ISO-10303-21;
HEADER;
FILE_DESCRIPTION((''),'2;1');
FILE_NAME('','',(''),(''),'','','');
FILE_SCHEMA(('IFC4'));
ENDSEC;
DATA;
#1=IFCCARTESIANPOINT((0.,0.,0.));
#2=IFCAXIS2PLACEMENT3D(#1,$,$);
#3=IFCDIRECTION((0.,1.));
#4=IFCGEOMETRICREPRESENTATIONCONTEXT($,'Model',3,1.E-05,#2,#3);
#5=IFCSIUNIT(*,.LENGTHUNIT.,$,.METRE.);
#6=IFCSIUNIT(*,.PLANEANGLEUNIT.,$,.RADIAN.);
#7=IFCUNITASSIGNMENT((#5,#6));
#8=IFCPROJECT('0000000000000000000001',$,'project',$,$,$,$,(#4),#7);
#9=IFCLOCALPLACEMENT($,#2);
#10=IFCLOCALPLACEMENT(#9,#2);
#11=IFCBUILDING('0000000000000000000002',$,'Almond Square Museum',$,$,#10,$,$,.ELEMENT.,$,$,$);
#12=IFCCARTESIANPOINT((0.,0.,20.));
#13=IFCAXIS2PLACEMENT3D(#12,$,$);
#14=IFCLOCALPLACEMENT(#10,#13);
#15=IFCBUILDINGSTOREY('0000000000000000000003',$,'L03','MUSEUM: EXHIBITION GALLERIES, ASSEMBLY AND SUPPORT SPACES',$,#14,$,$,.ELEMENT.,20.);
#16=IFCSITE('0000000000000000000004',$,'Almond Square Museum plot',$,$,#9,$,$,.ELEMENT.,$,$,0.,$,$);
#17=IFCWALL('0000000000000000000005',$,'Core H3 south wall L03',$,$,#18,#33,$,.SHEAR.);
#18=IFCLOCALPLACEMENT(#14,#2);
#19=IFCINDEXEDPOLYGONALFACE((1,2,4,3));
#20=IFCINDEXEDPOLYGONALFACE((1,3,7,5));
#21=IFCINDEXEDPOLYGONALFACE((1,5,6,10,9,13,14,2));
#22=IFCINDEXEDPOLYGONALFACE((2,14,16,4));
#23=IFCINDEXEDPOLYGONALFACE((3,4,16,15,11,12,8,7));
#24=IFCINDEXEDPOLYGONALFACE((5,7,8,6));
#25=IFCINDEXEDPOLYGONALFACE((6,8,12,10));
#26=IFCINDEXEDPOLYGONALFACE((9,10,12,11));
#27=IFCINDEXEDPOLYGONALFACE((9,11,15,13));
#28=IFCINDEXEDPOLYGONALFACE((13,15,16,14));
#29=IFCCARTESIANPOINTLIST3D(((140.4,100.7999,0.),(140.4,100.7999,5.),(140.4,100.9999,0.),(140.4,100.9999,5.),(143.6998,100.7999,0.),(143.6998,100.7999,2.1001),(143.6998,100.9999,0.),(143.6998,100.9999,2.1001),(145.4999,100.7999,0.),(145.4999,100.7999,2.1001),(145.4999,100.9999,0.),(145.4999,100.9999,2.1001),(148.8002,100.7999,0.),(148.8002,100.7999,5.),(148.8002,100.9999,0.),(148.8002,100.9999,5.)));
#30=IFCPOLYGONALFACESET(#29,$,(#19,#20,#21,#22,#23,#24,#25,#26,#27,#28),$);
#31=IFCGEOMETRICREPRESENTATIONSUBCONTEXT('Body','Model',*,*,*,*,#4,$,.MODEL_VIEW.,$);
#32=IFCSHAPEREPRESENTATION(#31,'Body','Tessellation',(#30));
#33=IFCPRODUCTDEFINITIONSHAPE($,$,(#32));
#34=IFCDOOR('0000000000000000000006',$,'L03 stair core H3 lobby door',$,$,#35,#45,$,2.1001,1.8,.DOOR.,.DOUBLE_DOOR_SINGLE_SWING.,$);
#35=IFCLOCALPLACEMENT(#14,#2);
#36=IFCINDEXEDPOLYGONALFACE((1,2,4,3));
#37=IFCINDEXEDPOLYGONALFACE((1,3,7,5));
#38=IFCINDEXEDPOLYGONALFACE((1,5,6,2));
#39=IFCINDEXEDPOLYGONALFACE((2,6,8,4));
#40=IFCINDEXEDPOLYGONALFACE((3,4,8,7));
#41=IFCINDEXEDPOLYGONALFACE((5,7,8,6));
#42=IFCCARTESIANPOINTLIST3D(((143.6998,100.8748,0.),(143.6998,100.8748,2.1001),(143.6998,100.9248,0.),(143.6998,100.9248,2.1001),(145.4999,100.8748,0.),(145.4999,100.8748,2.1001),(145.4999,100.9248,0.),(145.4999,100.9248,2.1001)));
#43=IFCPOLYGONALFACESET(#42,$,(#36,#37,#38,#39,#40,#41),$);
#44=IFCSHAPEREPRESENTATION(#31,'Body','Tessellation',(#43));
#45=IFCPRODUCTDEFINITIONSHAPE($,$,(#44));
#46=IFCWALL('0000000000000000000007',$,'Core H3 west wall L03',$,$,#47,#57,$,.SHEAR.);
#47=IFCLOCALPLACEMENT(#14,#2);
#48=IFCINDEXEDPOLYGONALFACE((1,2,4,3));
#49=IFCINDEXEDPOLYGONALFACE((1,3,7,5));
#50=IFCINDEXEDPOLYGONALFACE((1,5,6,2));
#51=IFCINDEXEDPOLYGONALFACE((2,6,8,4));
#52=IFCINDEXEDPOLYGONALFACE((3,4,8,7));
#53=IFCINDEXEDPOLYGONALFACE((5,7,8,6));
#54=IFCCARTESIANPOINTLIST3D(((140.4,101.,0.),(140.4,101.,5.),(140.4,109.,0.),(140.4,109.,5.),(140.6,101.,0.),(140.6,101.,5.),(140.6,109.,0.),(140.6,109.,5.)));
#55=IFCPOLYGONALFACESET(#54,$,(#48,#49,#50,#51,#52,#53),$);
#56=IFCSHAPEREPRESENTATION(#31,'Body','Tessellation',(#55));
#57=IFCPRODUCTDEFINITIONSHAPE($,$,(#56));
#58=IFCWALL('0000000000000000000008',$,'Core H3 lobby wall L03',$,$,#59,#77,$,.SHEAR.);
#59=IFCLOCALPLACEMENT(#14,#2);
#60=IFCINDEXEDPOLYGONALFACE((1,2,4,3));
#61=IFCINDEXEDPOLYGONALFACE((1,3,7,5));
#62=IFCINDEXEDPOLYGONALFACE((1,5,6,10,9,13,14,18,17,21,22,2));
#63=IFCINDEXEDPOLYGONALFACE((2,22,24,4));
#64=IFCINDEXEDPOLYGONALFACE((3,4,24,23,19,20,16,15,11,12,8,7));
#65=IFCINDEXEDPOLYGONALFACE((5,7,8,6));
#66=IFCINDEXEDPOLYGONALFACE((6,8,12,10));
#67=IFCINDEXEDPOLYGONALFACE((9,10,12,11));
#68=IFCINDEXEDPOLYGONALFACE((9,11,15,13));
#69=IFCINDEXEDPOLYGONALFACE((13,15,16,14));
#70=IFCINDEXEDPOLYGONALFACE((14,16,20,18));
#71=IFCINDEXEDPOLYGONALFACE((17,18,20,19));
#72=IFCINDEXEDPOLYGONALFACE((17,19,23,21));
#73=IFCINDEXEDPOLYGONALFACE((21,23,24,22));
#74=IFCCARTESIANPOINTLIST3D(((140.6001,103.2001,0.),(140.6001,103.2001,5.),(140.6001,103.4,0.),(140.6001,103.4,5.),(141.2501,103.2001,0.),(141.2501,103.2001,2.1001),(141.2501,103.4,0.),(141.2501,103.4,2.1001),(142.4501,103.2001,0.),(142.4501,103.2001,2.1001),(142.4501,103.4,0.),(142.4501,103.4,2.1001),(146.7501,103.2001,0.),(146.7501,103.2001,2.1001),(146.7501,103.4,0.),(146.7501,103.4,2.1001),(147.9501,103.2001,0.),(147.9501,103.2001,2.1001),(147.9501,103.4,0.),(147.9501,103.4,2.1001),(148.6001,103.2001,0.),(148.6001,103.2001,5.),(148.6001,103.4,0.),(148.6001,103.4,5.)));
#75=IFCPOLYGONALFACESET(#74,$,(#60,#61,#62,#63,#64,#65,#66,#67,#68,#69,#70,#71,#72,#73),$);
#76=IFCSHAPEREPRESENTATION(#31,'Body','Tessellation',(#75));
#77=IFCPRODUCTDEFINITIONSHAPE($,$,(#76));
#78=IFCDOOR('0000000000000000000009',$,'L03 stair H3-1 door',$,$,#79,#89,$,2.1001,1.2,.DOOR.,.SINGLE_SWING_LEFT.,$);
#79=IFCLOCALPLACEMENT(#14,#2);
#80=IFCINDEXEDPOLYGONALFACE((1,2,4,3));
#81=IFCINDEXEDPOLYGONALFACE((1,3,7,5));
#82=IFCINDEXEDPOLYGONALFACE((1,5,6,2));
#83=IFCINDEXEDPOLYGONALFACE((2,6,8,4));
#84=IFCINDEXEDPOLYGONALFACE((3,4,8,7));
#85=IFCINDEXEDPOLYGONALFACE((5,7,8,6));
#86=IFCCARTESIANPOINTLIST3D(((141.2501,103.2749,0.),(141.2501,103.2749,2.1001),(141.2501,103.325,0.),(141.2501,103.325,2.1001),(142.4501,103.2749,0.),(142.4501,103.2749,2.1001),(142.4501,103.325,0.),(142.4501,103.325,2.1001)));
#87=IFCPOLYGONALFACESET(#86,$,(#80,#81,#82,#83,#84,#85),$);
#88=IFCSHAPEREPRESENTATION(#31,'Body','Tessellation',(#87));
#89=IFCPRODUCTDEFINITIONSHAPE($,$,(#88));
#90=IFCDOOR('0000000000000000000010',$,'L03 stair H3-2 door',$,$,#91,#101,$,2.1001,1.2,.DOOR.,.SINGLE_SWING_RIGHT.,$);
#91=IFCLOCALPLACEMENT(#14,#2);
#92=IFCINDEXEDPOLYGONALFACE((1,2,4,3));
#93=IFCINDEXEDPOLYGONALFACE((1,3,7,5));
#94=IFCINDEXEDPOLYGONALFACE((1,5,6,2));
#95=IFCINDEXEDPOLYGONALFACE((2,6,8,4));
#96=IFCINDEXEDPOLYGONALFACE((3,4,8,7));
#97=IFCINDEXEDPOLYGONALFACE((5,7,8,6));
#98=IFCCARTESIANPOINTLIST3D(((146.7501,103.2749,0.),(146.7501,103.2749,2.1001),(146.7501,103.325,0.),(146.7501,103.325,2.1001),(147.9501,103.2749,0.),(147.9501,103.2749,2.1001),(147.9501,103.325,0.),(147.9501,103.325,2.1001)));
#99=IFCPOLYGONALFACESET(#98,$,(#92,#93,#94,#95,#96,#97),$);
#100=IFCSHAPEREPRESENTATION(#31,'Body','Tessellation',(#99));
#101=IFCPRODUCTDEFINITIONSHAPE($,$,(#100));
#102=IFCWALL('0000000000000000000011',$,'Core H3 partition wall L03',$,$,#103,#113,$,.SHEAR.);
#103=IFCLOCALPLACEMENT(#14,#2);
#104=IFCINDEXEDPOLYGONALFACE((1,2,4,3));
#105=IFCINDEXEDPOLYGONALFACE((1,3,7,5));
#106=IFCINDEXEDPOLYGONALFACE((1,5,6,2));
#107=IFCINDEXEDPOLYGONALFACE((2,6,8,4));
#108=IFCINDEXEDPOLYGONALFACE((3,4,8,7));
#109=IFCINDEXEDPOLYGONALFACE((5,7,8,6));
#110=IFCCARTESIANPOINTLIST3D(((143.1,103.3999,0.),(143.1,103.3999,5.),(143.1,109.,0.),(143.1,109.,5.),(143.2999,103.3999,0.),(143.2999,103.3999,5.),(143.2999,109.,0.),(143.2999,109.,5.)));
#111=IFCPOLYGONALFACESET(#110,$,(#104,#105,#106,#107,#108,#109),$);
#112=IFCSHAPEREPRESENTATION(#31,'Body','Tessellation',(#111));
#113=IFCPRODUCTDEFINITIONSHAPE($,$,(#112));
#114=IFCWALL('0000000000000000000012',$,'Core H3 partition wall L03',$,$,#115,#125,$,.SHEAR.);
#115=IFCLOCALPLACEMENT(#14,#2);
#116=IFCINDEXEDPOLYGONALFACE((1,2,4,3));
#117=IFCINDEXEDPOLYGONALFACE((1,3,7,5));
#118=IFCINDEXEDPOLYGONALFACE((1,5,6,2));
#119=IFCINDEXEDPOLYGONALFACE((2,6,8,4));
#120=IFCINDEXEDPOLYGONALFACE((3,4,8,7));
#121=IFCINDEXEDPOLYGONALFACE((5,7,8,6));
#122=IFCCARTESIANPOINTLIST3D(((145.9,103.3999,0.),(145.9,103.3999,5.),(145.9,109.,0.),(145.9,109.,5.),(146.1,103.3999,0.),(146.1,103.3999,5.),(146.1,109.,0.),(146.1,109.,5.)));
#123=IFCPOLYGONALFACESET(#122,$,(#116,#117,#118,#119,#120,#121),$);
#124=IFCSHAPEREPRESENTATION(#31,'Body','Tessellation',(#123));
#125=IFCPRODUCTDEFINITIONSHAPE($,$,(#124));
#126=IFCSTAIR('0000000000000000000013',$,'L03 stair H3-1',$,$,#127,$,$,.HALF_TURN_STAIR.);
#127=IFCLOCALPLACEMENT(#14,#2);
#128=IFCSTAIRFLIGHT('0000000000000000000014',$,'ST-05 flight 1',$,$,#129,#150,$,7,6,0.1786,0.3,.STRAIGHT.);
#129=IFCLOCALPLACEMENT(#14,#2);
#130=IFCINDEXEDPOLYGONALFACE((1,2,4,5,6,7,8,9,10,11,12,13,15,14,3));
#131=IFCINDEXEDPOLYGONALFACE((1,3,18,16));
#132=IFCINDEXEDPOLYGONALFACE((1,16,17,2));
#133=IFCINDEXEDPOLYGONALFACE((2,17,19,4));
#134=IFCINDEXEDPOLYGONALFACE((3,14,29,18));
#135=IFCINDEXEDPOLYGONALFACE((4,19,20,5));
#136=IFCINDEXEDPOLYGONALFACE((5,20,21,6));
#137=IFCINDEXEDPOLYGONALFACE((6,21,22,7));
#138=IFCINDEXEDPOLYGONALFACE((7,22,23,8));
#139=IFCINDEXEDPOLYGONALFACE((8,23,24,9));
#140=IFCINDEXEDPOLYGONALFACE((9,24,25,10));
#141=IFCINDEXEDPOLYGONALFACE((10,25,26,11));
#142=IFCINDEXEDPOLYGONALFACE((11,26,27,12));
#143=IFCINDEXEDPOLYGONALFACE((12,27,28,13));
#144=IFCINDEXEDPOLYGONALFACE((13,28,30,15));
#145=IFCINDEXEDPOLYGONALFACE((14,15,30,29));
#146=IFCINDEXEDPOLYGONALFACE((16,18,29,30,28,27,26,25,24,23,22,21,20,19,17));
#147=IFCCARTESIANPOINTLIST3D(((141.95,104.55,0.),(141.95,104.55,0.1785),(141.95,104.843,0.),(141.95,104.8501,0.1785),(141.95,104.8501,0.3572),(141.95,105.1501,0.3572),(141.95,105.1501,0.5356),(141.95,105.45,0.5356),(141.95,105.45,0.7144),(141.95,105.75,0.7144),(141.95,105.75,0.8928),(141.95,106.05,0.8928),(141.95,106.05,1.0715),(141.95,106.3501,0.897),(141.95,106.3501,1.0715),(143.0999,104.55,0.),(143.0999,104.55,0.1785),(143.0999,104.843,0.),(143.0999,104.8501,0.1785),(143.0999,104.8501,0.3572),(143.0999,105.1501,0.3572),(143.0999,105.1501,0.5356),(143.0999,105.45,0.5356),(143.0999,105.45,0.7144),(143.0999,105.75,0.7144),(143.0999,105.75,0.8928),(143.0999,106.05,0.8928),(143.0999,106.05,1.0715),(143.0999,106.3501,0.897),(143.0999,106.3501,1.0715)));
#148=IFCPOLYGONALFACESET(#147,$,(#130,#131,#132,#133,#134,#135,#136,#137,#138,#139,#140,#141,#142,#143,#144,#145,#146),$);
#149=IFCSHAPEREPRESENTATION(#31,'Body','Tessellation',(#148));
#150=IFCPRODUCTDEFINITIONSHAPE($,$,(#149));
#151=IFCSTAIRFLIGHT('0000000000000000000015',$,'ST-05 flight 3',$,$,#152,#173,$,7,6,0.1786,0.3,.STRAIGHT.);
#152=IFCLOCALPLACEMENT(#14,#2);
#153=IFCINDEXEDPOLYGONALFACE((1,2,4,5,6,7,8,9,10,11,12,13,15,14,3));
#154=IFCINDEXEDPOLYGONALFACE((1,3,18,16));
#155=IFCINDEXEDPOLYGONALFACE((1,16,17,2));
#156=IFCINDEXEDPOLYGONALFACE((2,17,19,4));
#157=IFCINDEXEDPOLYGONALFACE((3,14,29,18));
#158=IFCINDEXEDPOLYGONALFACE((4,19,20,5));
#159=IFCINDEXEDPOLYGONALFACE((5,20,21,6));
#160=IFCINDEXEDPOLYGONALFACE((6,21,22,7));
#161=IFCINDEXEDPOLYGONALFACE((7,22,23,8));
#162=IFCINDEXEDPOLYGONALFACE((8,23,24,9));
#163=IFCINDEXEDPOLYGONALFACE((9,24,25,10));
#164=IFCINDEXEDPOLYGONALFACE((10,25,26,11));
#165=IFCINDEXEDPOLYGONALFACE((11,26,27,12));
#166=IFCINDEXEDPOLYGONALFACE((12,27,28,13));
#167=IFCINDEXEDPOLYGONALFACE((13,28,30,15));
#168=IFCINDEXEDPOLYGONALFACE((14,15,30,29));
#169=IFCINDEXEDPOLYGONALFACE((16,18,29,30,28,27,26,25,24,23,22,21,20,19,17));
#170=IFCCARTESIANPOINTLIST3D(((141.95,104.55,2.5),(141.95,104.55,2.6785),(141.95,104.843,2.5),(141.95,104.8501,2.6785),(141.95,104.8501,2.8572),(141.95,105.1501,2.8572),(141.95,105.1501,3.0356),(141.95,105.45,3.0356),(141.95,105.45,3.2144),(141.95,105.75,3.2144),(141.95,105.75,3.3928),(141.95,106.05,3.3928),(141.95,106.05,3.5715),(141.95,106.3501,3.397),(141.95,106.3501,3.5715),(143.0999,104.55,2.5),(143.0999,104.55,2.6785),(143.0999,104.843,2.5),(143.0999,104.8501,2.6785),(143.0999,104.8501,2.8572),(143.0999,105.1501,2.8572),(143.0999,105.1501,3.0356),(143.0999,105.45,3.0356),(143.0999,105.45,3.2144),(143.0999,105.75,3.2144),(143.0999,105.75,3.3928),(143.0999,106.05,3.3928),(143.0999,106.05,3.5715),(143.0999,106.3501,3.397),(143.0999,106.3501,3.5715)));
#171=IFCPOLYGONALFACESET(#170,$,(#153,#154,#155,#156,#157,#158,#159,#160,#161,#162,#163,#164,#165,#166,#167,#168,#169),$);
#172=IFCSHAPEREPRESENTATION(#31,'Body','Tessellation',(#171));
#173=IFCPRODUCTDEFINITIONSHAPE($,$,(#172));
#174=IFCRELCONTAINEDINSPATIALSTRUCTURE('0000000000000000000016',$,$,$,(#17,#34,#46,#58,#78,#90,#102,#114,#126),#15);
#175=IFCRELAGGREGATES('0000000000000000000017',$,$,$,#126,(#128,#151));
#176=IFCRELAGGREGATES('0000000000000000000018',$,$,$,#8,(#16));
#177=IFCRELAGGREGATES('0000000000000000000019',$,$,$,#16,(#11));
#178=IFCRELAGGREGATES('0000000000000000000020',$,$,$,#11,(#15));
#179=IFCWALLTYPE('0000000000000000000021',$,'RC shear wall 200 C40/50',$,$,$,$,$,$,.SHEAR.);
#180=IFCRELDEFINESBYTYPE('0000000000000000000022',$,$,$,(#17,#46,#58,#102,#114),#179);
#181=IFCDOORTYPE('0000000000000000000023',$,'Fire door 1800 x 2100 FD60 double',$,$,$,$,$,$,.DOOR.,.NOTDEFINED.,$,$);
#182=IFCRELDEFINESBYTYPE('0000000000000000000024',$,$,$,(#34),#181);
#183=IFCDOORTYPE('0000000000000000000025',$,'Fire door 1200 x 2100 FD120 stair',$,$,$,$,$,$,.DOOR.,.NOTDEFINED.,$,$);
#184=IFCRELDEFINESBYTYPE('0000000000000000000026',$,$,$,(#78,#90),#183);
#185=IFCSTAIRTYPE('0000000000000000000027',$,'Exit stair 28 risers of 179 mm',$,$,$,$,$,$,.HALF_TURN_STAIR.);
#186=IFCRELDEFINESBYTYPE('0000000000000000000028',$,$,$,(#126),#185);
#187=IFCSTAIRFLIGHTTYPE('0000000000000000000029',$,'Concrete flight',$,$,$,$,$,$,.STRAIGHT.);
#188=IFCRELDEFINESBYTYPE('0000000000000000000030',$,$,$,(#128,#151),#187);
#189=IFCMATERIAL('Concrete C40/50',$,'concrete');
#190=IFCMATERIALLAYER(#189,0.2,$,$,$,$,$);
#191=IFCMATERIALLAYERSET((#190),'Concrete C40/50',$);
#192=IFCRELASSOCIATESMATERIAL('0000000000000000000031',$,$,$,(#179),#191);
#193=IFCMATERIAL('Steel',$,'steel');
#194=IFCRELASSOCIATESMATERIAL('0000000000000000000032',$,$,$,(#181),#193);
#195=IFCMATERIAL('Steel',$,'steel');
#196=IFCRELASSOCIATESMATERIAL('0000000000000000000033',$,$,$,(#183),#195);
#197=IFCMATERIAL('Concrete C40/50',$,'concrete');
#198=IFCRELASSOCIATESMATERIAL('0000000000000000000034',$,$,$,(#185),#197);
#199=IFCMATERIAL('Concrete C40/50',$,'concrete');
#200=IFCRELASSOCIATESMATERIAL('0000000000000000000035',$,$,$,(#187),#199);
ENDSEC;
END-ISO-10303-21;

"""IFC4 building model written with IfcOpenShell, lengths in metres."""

from ifc_helpers import new_model, si_unit, direction, frame, frame_2d, origin, place, context, subcontext, project, spatial, polyline, rectangle, outline, extrude, material, layer, layer_set, type_object, element, fill, aggregate, save


model = new_model("IFC4")

# Units and contexts
model_context = context("Model", 3, precision=1e-05, world=origin(), true_north=direction((0.0, 1.0)))
body_context = subcontext(model_context, "Body", "Model", "MODEL_VIEW")
ifc_project = project(units=[si_unit("LENGTHUNIT", "METRE"), si_unit("PLANEANGLEUNIT", "RADIAN")], contexts=[model_context])

# Site, building, storey
site_placement = place(None, origin())
site = spatial("IfcSite", under=ifc_project, at=site_placement, Name="Almond Square Museum plot", CompositionType="ELEMENT", RefElevation=0.0)
building_placement = place(site_placement, origin())
building = spatial("IfcBuilding", under=site, at=building_placement, Name="Almond Square Museum", CompositionType="ELEMENT")
storey_placement = place(building_placement, frame((0.0, 0.0, 20.0)))
storey = spatial("IfcBuildingStorey", under=building, at=storey_placement, Name="L03", Description="MUSEUM: EXHIBITION GALLERIES, ASSEMBLY AND SUPPORT SPACES", CompositionType="ELEMENT", Elevation=20.0)

# Wall, opening, door
ifc_material_1 = material(Name="Concrete C40/50", Category="concrete")
ifc_layer = layer(ifc_material_1, 0.2)
ifc_layer_set = layer_set([ifc_layer], Name="Concrete C40/50")
wall_type = type_object("IfcWallType", Name="RC shear wall 200 C40/50", PredefinedType="SHEAR", material=ifc_layer_set)
wall_1_placement = place(storey_placement, frame((140.3999, 100.8999, 0.0), z_axis=(0.0, 0.0, 1.0), x_axis=(1.0, 0.0, 0.0)))
wall_1 = element("IfcWall", 1, at=wall_1_placement, inside=storey, type_object=wall_type, Name="Core H3 south wall L03", PredefinedType="SHEAR", context=body_context, shape_type="SweptSolid", body=[
    extrude(rectangle(XDim=8.4001, YDim=0.2, at=frame_2d((4.2002, 0.0))), origin(), (0.0, 0.0, 1.0), 5.0),
])
opening_1_placement = place(wall_1_placement, frame((3.3, 0.0, 0.0)))
opening_1 = element("IfcOpeningElement", 2, at=opening_1_placement, cuts=wall_1, PredefinedType="OPENING", context=body_context, shape_type="SweptSolid", body=[
    extrude(rectangle(XDim=1.8, YDim=2.1001, at=frame_2d((0.8999, 1.05))), frame((0.0, 0.1099, 0.0), z_axis=(0.0, -1.0, 0.0), x_axis=(1.0, 0.0, 0.0)), (0.0, 0.0, 1.0), 0.22),
])
ifc_material_2 = material(Name="Steel", Category="steel")
door_type_1 = type_object("IfcDoorType", Name="Fire door 1800 x 2100 FD60 double", OperationType="NOTDEFINED", PredefinedType="DOOR", material=ifc_material_2)
door_1_placement = place(opening_1_placement, origin())
door_1 = element("IfcDoor", 3, at=door_1_placement, inside=storey, type_object=door_type_1, Name="L03 stair core H3 lobby door", OperationType="DOUBLE_DOOR_SINGLE_SWING", OverallHeight=2.1001, OverallWidth=1.8, PredefinedType="DOOR", context=body_context, shape_type="SweptSolid", body=[
    extrude(rectangle(XDim=1.8, YDim=2.1001, at=frame_2d((0.8999, 1.05))), frame((0.0, 0.0249, 0.0), z_axis=(0.0, -1.0, 0.0), x_axis=(1.0, 0.0, 0.0)), (0.0, 0.0, 1.0), 0.05),
])
fill(opening_1, door_1)

# Wall
wall_2_placement = place(storey_placement, frame((140.5, 101.0, 0.0), z_axis=(0.0, 0.0, 1.0), x_axis=(0.0, 1.0, 0.0)))
element("IfcWall", 4, at=wall_2_placement, inside=storey, type_object=wall_type, Name="Core H3 west wall L03", PredefinedType="SHEAR", context=body_context, shape_type="SweptSolid", body=[
    extrude(rectangle(XDim=8.0, YDim=0.2, at=frame_2d((4.0, 0.0))), origin(), (0.0, 0.0, 1.0), 5.0),
])

# Wall, openings, doors
wall_3_placement = place(storey_placement, frame((140.6001, 103.3, 0.0), z_axis=(0.0, 0.0, 1.0), x_axis=(1.0, 0.0, 0.0)))
wall_3 = element("IfcWall", 5, at=wall_3_placement, inside=storey, type_object=wall_type, Name="Core H3 lobby wall L03", PredefinedType="SHEAR", context=body_context, shape_type="SweptSolid", body=[
    extrude(rectangle(XDim=8.0, YDim=0.2, at=frame_2d((4.0, 0.0))), origin(), (0.0, 0.0, 1.0), 5.0),
])
opening_2_placement = place(wall_3_placement, frame((0.6499, 0.0, 0.0)))
opening_2 = element("IfcOpeningElement", 6, at=opening_2_placement, cuts=wall_3, PredefinedType="OPENING", context=body_context, shape_type="SweptSolid", body=[
    extrude(rectangle(XDim=1.2, YDim=2.1001, at=frame_2d((0.6001, 1.05))), frame((0.0, 0.1099, 0.0), z_axis=(0.0, -1.0, 0.0), x_axis=(1.0, 0.0, 0.0)), (0.0, 0.0, 1.0), 0.22),
])
opening_3_placement = place(wall_3_placement, frame((6.1499, 0.0, 0.0)))
opening_3 = element("IfcOpeningElement", 7, at=opening_3_placement, cuts=wall_3, PredefinedType="OPENING", context=body_context, shape_type="SweptSolid", body=[
    extrude(rectangle(XDim=1.2, YDim=2.1001, at=frame_2d((0.6001, 1.05))), frame((0.0, 0.1099, 0.0), z_axis=(0.0, -1.0, 0.0), x_axis=(1.0, 0.0, 0.0)), (0.0, 0.0, 1.0), 0.22),
])
ifc_material_3 = material(Name="Steel", Category="steel")
door_type_2 = type_object("IfcDoorType", Name="Fire door 1200 x 2100 FD120 stair", OperationType="NOTDEFINED", PredefinedType="DOOR", material=ifc_material_3)
door_2_placement = place(opening_2_placement, origin())
door_2 = element("IfcDoor", 8, at=door_2_placement, inside=storey, type_object=door_type_2, Name="L03 stair H3-1 door", OperationType="SINGLE_SWING_LEFT", OverallHeight=2.1001, OverallWidth=1.2, PredefinedType="DOOR", context=body_context, shape_type="SweptSolid", body=[
    extrude(rectangle(XDim=1.2, YDim=2.1001, at=frame_2d((0.6001, 1.05))), frame((0.0, 0.0249, 0.0), z_axis=(0.0, -1.0, 0.0), x_axis=(1.0, 0.0, 0.0)), (0.0, 0.0, 1.0), 0.05),
])
fill(opening_2, door_2)
door_3_placement = place(opening_3_placement, origin())
door_3 = element("IfcDoor", 9, at=door_3_placement, inside=storey, type_object=door_type_2, Name="L03 stair H3-2 door", OperationType="SINGLE_SWING_RIGHT", OverallHeight=2.1001, OverallWidth=1.2, PredefinedType="DOOR", context=body_context, shape_type="SweptSolid", body=[
    extrude(rectangle(XDim=1.2, YDim=2.1001, at=frame_2d((0.6001, 1.05))), frame((0.0, 0.0249, 0.0), z_axis=(0.0, -1.0, 0.0), x_axis=(1.0, 0.0, 0.0)), (0.0, 0.0, 1.0), 0.05),
])
fill(opening_3, door_3)

# Walls
for number, where, z_axis, x_axis, name in (
    (10, (143.2, 103.3999, 0.0), (0.0, 0.0, 1.0), (0.0, 1.0, 0.0), "Core H3 partition wall L03"),
    (11, (146.0, 103.3999, 0.0), (0.0, 0.0, 1.0), (0.0, 1.0, 0.0), "Core H3 partition wall L03"),
):
    element("IfcWall", number, at=place(storey_placement, frame(where, z_axis=z_axis, x_axis=x_axis)), inside=storey, type_object=wall_type, Name=name, PredefinedType="SHEAR", context=body_context, shape_type="SweptSolid", body=[
        extrude(rectangle(XDim=5.6001, YDim=0.2, at=frame_2d((2.8, 0.0))), origin(), (0.0, 0.0, 1.0), 5.0),
    ])

# Stair, stair flights
ifc_material_4 = material(Name="Concrete C40/50", Category="concrete")
stair_type = type_object("IfcStairType", Name="Exit stair 28 risers of 179 mm", PredefinedType="HALF_TURN_STAIR", material=ifc_material_4)
stair_1_placement = place(storey_placement, origin())
stair_1 = element("IfcStair", 12, at=stair_1_placement, inside=storey, type_object=stair_type, Name="L03 stair H3-1", PredefinedType="HALF_TURN_STAIR")
ifc_material_5 = material(Name="Concrete C40/50", Category="concrete")
stair_flight_type = type_object("IfcStairFlightType", Name="Concrete flight", PredefinedType="STRAIGHT", material=ifc_material_5)
stair_flight_1_placement = place(storey_placement, frame((142.5249, 104.55, 0.0), z_axis=(0.0, 0.0, 1.0), x_axis=(0.0, 1.0, 0.0)))
stair_flight_1 = element("IfcStairFlight", 13, at=stair_flight_1_placement, type_object=stair_flight_type, Name="ST-05 flight 1", NumberOfRisers=7, NumberOfTreads=6, PredefinedType="STRAIGHT", RiserHeight=0.1786, TreadLength=0.3, context=body_context, shape_type="SweptSolid", body=[
    extrude(outline(polyline([(0.0, 0.0), (0.0, 0.1785), (0.3, 0.1785), (0.3, 0.3572), (0.6001, 0.3572), (0.6001, 0.5356), (0.8999, 0.5356), (0.8999, 0.7144), (1.2, 0.7144), (1.2, 0.8928), (1.5, 0.8928), (1.5, 1.0715), (1.8, 1.0715), (1.8, 1.25), (1.8, 0.897), (0.293, 0.0), (0.0, 0.0)])), frame((0.0, 0.575, 0.0), z_axis=(0.0, -1.0, 0.0), x_axis=(1.0, 0.0, 0.0)), (0.0, 0.0, 1.0), 1.1499),
])
stair_flight_2_placement = place(storey_placement, frame((142.5249, 104.55, 2.5), z_axis=(0.0, 0.0, 1.0), x_axis=(0.0, 1.0, 0.0)))
stair_flight_2 = element("IfcStairFlight", 14, at=stair_flight_2_placement, type_object=stair_flight_type, Name="ST-05 flight 3", NumberOfRisers=7, NumberOfTreads=6, PredefinedType="STRAIGHT", RiserHeight=0.1786, TreadLength=0.3, context=body_context, shape_type="SweptSolid", body=[
    extrude(outline(polyline([(0.0, 0.0), (0.0, 0.1785), (0.3, 0.1785), (0.3, 0.3572), (0.6001, 0.3572), (0.6001, 0.5356), (0.8999, 0.5356), (0.8999, 0.7144), (1.2, 0.7144), (1.2, 0.8928), (1.5, 0.8928), (1.5, 1.0715), (1.8, 1.0715), (1.8, 1.25), (1.8, 0.897), (0.293, 0.0), (0.0, 0.0)])), frame((0.0, 0.575, 0.0), z_axis=(0.0, -1.0, 0.0), x_axis=(1.0, 0.0, 0.0)), (0.0, 0.0, 1.0), 1.1499),
])
aggregate(stair_1, [stair_flight_1, stair_flight_2])

save(model, "model.ifc")
